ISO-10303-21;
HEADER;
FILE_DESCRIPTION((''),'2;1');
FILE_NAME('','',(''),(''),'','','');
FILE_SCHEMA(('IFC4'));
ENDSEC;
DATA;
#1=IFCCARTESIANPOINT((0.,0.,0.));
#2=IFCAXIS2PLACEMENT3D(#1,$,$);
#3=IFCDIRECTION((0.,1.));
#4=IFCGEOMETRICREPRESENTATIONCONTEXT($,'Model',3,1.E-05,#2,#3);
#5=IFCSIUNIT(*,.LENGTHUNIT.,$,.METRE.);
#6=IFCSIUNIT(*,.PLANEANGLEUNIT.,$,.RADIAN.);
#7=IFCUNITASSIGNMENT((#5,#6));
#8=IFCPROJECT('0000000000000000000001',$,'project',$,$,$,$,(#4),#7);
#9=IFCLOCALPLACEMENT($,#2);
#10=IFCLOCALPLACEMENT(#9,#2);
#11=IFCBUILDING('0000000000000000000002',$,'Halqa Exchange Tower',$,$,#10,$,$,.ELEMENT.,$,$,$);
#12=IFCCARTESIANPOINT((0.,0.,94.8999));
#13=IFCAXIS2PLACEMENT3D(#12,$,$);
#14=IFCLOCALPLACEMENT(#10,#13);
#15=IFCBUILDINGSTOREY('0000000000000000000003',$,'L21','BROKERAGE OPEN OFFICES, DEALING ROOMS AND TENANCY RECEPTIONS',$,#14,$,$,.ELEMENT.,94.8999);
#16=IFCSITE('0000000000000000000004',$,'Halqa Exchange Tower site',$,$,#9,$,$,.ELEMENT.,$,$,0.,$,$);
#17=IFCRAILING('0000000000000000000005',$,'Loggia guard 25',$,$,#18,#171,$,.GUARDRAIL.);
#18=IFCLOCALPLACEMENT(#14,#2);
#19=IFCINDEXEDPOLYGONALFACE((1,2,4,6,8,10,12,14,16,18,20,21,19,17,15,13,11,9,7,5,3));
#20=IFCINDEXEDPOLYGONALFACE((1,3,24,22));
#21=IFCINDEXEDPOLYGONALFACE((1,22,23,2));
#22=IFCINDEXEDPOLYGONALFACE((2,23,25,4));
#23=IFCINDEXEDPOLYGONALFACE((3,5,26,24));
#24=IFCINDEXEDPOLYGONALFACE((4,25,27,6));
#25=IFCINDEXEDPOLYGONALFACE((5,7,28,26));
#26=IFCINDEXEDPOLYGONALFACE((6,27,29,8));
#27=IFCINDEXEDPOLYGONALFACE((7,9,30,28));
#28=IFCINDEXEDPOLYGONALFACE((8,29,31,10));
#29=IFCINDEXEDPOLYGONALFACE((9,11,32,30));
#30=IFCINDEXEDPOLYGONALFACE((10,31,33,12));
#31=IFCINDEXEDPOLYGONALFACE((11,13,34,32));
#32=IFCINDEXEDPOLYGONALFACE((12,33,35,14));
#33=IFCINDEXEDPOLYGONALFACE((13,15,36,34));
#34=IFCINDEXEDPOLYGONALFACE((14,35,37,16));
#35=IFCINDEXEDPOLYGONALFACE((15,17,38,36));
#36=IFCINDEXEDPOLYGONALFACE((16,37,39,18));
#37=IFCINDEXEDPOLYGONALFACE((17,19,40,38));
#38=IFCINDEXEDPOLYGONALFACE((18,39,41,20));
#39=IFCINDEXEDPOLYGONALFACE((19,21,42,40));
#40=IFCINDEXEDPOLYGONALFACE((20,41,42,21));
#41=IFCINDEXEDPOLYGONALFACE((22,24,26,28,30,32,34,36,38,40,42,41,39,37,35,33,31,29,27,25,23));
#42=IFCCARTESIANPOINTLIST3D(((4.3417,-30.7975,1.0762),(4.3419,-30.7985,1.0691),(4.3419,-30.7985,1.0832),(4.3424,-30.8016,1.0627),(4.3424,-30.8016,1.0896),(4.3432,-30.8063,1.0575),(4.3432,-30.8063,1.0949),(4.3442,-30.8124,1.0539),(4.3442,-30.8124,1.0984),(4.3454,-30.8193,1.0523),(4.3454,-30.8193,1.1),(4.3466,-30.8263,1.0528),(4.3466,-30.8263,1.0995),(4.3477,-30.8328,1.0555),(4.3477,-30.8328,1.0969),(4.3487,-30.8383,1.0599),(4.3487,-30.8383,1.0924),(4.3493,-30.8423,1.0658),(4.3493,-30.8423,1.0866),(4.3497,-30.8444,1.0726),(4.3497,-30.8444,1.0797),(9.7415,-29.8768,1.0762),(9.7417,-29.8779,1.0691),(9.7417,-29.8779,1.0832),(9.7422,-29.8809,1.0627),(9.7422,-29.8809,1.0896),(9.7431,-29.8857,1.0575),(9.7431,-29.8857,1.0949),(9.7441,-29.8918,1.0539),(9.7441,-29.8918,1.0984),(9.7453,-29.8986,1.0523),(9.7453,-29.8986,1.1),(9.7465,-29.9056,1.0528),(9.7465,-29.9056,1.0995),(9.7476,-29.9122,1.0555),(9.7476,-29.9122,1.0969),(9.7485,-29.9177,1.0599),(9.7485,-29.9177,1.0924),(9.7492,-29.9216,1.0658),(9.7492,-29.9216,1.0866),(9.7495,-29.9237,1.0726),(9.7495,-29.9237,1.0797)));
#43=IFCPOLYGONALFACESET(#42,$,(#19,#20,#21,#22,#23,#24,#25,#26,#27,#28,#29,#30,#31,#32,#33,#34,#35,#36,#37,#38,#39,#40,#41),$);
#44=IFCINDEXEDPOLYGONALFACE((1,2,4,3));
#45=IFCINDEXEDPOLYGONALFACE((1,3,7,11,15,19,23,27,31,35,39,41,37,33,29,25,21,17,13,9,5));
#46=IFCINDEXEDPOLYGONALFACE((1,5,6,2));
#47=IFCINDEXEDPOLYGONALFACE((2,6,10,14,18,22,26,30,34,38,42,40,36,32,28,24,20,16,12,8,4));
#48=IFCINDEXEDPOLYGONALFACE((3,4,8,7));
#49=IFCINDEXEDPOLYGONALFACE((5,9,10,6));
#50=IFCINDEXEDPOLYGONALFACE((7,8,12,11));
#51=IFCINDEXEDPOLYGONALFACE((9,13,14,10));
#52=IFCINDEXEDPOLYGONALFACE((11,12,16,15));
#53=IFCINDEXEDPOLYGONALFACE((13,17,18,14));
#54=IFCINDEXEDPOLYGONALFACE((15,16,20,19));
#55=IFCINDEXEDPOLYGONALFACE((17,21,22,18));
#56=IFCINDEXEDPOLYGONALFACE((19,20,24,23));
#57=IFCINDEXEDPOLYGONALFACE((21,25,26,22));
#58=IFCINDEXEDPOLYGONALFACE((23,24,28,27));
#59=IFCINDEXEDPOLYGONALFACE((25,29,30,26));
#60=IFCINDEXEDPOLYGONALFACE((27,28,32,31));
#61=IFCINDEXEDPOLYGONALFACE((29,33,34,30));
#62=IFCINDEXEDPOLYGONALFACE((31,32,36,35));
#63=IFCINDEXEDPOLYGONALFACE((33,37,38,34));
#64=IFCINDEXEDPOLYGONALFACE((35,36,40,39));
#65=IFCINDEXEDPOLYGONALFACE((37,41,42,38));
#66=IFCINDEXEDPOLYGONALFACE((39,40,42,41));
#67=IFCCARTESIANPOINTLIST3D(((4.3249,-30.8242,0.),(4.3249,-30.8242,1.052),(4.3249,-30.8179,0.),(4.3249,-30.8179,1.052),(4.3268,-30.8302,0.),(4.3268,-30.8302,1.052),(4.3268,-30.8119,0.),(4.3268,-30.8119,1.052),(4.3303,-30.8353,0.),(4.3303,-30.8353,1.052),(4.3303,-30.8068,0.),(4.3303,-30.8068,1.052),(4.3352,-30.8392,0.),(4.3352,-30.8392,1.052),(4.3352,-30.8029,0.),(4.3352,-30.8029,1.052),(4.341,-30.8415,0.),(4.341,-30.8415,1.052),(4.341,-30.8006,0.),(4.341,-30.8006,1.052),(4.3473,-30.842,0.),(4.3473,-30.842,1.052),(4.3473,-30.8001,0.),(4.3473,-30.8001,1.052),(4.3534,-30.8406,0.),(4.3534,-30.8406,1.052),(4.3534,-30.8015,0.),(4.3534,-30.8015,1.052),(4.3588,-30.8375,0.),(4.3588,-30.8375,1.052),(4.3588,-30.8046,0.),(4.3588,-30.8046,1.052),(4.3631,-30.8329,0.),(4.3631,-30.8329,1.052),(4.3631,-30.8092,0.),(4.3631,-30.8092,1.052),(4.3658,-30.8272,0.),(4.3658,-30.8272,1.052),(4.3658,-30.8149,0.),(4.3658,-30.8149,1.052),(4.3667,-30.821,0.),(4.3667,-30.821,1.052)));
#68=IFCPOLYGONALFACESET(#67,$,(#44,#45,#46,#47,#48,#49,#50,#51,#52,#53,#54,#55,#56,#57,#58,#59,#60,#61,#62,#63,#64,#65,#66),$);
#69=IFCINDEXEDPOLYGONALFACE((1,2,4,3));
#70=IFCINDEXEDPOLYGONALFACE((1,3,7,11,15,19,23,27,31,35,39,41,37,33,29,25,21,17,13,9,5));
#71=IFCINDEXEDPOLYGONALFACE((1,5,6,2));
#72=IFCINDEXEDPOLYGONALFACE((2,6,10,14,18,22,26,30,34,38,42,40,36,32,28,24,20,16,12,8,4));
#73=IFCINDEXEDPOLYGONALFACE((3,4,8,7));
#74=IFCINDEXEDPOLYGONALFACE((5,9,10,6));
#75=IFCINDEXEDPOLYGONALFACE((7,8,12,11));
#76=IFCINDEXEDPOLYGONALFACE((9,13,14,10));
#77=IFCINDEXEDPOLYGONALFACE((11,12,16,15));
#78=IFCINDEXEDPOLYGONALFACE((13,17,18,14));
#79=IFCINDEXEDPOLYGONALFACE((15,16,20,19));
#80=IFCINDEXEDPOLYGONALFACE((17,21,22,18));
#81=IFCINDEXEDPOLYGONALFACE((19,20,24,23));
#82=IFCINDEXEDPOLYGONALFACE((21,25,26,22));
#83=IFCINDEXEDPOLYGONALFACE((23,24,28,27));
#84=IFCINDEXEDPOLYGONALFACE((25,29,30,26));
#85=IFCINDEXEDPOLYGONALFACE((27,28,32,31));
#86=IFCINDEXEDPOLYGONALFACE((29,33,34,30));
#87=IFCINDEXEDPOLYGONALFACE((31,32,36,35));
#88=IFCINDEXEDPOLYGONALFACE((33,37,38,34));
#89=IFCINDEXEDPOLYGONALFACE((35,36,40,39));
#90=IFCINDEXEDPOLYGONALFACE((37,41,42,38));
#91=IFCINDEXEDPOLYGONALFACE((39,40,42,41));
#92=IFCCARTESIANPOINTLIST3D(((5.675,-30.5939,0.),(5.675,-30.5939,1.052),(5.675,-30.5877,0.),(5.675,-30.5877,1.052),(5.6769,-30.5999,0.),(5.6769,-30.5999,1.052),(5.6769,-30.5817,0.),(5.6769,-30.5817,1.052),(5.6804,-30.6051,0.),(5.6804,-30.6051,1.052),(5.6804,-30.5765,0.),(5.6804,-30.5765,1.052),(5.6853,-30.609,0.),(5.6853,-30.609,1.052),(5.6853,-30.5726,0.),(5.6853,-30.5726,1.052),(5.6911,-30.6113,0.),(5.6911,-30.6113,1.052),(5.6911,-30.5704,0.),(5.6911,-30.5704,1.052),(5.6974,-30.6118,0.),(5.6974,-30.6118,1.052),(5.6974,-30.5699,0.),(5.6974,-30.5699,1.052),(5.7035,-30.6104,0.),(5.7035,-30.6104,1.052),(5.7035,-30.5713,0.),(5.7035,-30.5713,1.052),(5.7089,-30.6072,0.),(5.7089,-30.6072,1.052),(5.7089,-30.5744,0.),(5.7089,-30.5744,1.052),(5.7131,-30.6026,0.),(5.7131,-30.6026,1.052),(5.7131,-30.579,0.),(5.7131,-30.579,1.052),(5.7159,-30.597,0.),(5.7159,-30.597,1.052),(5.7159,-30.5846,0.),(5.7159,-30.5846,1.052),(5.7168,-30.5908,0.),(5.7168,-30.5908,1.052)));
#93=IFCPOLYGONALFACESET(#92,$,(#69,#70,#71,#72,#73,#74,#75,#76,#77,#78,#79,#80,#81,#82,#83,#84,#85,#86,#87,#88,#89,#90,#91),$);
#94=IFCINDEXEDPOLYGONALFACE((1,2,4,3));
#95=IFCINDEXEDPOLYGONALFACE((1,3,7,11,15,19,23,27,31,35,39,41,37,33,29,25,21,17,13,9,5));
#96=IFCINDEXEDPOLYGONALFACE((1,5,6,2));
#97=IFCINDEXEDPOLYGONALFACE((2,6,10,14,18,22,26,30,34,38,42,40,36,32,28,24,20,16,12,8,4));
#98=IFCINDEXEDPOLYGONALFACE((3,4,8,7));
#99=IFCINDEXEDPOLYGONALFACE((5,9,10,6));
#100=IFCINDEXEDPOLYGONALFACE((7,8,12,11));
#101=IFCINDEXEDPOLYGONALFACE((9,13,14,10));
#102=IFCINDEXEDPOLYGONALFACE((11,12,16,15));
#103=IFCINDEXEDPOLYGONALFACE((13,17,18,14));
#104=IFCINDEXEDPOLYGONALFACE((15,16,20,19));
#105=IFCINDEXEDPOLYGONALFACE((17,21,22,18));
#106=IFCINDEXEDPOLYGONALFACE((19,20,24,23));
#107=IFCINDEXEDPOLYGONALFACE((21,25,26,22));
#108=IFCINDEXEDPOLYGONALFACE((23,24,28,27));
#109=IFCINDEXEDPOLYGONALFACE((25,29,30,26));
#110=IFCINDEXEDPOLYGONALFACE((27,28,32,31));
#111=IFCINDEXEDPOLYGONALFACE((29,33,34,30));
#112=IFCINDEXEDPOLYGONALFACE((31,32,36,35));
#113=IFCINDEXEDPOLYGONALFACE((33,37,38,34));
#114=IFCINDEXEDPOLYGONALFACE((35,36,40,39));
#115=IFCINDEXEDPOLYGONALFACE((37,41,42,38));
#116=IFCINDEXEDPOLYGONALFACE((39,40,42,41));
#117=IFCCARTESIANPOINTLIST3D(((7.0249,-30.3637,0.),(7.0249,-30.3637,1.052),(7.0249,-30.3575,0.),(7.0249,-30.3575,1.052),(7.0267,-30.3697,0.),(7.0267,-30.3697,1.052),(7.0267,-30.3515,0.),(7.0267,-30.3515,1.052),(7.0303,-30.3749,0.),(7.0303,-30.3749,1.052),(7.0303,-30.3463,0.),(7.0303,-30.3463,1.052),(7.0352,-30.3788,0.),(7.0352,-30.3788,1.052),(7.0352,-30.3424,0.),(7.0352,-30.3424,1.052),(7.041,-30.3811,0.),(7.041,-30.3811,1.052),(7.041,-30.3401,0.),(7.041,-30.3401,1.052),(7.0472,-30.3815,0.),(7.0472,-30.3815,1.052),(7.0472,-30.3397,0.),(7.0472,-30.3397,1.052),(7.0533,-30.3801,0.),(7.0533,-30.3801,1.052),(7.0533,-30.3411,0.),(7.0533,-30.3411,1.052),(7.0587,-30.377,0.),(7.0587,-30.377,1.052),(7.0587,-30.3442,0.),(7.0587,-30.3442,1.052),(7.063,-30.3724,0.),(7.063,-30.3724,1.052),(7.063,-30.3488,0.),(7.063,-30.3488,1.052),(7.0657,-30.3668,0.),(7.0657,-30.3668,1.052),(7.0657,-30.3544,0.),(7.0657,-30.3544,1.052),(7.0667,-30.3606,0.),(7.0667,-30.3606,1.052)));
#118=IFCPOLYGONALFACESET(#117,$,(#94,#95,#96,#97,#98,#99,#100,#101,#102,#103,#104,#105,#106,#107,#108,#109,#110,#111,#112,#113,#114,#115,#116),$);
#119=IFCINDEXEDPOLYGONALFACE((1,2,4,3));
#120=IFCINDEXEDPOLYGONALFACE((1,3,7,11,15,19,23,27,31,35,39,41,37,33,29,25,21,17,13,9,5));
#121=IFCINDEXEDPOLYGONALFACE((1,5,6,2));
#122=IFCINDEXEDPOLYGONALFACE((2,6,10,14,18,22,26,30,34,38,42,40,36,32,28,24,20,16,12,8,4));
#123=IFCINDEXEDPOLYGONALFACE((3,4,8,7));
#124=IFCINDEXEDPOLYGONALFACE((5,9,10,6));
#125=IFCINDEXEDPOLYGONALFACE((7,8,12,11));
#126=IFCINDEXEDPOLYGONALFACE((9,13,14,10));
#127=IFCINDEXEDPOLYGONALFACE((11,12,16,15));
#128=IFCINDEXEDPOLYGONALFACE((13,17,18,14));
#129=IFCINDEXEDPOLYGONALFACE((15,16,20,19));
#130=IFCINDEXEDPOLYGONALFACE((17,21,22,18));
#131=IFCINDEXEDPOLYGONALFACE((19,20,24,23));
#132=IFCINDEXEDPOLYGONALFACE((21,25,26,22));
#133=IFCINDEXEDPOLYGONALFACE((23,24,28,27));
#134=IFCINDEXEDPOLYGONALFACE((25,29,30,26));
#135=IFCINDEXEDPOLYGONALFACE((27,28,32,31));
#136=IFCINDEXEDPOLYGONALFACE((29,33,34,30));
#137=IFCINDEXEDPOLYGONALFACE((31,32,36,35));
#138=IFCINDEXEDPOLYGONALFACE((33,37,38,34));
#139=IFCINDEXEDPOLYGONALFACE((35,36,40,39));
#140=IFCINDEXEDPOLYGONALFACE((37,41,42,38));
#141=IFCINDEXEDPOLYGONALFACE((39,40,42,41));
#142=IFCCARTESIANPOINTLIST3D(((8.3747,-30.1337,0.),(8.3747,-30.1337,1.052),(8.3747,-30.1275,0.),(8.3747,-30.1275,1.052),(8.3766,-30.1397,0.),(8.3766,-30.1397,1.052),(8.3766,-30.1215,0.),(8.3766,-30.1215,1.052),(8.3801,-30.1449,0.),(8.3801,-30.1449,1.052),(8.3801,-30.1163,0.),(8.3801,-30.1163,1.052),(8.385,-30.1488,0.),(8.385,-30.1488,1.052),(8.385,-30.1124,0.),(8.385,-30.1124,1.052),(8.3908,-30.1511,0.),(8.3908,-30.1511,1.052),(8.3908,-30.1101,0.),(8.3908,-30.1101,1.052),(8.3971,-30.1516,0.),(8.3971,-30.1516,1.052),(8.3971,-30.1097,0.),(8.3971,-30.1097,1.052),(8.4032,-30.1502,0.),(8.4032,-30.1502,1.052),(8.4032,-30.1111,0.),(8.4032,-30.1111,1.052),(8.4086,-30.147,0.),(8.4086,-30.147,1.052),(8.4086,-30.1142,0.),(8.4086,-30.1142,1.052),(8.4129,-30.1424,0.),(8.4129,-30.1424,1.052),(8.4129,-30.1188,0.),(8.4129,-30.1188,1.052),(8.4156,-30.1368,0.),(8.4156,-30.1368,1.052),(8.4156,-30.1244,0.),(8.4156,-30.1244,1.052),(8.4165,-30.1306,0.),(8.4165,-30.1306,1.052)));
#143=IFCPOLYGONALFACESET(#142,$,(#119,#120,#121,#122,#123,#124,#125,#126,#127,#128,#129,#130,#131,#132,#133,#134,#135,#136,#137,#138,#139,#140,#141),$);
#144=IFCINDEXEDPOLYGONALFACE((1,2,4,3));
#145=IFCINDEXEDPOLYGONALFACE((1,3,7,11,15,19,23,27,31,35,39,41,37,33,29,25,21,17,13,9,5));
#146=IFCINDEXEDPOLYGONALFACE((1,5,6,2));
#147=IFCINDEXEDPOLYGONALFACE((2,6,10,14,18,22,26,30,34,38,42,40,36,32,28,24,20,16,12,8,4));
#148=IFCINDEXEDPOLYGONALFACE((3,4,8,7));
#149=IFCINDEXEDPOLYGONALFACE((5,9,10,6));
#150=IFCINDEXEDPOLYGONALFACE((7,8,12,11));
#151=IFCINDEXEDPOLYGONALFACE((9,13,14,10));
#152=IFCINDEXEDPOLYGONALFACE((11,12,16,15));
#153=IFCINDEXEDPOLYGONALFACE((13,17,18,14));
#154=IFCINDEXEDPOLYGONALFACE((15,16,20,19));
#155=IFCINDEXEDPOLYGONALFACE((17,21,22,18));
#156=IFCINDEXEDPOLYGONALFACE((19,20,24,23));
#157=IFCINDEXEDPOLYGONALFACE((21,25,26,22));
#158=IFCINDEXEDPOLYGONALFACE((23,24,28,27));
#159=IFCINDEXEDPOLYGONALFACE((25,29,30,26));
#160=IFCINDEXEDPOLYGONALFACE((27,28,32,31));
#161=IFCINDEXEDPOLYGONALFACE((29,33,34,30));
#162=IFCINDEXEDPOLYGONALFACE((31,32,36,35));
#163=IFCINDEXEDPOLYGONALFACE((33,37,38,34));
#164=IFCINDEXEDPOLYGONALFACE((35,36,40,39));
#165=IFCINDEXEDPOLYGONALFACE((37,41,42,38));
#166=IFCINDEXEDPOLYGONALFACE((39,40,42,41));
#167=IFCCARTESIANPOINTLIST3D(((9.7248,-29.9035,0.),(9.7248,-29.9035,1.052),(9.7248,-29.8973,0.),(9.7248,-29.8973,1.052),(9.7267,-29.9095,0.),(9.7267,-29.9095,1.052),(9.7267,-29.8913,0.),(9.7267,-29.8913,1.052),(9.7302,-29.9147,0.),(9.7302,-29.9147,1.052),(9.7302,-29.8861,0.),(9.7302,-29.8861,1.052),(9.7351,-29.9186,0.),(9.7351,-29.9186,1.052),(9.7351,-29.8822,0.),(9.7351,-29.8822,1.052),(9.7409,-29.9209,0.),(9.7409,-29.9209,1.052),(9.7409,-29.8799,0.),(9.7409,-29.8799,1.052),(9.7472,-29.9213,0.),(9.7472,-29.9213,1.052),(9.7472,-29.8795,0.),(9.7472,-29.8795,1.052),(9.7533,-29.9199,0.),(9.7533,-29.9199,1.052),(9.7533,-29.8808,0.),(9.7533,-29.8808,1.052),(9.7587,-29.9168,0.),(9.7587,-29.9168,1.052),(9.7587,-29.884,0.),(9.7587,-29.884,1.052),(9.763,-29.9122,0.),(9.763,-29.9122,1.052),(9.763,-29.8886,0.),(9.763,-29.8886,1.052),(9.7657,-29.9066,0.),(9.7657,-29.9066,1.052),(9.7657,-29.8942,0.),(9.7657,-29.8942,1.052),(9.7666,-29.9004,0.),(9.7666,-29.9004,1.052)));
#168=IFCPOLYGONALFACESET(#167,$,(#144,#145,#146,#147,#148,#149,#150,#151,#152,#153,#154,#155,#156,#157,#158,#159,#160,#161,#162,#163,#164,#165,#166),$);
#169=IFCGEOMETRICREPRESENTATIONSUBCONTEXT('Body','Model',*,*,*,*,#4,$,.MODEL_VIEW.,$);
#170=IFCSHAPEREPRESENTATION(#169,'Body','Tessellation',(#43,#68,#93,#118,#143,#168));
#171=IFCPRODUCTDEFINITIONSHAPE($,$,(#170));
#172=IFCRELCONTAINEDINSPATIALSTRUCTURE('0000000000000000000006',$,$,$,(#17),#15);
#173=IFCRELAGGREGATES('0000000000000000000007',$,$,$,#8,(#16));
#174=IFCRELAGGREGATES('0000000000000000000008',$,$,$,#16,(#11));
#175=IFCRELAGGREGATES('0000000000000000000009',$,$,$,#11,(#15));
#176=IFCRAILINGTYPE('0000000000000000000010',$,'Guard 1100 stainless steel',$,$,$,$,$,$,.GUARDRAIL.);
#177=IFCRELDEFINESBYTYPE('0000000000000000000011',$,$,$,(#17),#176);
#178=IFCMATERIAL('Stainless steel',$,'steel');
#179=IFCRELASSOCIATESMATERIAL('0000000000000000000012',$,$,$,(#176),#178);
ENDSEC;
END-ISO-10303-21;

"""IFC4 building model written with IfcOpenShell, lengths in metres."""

from ifc_helpers import new_model, si_unit, direction, frame, origin, origin_2d, place, context, subcontext, project, spatial, circle, extrude, material, type_object, element, save


model = new_model("IFC4")

# Units and contexts
model_context = context("Model", 3, precision=1e-05, world=origin(), true_north=direction((0.0, 1.0)))
body_context = subcontext(model_context, "Body", "Model", "MODEL_VIEW")
ifc_project = project(units=[si_unit("LENGTHUNIT", "METRE"), si_unit("PLANEANGLEUNIT", "RADIAN")], contexts=[model_context])

# Site, building, storey
site_placement = place(None, origin())
site = spatial("IfcSite", under=ifc_project, at=site_placement, Name="Halqa Exchange Tower site", CompositionType="ELEMENT", RefElevation=0.0)
building_placement = place(site_placement, origin())
building = spatial("IfcBuilding", under=site, at=building_placement, Name="Halqa Exchange Tower", CompositionType="ELEMENT")
storey_placement = place(building_placement, frame((0.0, 0.0, 94.8999)))
storey = spatial("IfcBuildingStorey", under=building, at=storey_placement, Name="L21", Description="BROKERAGE OPEN OFFICES, DEALING ROOMS AND TENANCY RECEPTIONS", CompositionType="ELEMENT", Elevation=94.8999)

# Railing
ifc_material_1 = material(Name="Stainless steel", Category="steel")
railing_type = type_object("IfcRailingType", Name="Guard 1100 stainless steel", PredefinedType="GUARDRAIL", material=ifc_material_1)
railing_1_placement = place(storey_placement, frame((4.3457, -30.821, 0.0)))
element("IfcRailing", 1, at=railing_1_placement, inside=storey, type_object=railing_type, Name="Loggia guard 25", PredefinedType="GUARDRAIL", context=body_context, shape_type="SweptSolid", body=[
    extrude(circle(Radius=0.0239, at=origin_2d()), frame((0.0, 0.0, 1.0762), z_axis=(0.985775, 0.168069, 0.0), x_axis=(-0.168069, 0.985775, 0.0)), (0.0, 0.0, 1.0), 5.4778),
    extrude(circle(Radius=0.021, at=origin_2d()), origin(), (0.0, 0.0, 1.0), 1.052),
    extrude(circle(Radius=0.021, at=origin_2d()), frame((1.3501, 0.2302, 0.0)), (0.0, 0.0, 1.0), 1.052),
    extrude(circle(Radius=0.021, at=origin_2d()), frame((2.7, 0.4604, 0.0)), (0.0, 0.0, 1.0), 1.052),
    extrude(circle(Radius=0.021, at=origin_2d()), frame((4.0498, 0.6904, 0.0)), (0.0, 0.0, 1.0), 1.052),
    extrude(circle(Radius=0.021, at=origin_2d()), frame((5.3999, 0.9207, 0.0)), (0.0, 0.0, 1.0), 1.052),
])

save(model, "model.ifc")
